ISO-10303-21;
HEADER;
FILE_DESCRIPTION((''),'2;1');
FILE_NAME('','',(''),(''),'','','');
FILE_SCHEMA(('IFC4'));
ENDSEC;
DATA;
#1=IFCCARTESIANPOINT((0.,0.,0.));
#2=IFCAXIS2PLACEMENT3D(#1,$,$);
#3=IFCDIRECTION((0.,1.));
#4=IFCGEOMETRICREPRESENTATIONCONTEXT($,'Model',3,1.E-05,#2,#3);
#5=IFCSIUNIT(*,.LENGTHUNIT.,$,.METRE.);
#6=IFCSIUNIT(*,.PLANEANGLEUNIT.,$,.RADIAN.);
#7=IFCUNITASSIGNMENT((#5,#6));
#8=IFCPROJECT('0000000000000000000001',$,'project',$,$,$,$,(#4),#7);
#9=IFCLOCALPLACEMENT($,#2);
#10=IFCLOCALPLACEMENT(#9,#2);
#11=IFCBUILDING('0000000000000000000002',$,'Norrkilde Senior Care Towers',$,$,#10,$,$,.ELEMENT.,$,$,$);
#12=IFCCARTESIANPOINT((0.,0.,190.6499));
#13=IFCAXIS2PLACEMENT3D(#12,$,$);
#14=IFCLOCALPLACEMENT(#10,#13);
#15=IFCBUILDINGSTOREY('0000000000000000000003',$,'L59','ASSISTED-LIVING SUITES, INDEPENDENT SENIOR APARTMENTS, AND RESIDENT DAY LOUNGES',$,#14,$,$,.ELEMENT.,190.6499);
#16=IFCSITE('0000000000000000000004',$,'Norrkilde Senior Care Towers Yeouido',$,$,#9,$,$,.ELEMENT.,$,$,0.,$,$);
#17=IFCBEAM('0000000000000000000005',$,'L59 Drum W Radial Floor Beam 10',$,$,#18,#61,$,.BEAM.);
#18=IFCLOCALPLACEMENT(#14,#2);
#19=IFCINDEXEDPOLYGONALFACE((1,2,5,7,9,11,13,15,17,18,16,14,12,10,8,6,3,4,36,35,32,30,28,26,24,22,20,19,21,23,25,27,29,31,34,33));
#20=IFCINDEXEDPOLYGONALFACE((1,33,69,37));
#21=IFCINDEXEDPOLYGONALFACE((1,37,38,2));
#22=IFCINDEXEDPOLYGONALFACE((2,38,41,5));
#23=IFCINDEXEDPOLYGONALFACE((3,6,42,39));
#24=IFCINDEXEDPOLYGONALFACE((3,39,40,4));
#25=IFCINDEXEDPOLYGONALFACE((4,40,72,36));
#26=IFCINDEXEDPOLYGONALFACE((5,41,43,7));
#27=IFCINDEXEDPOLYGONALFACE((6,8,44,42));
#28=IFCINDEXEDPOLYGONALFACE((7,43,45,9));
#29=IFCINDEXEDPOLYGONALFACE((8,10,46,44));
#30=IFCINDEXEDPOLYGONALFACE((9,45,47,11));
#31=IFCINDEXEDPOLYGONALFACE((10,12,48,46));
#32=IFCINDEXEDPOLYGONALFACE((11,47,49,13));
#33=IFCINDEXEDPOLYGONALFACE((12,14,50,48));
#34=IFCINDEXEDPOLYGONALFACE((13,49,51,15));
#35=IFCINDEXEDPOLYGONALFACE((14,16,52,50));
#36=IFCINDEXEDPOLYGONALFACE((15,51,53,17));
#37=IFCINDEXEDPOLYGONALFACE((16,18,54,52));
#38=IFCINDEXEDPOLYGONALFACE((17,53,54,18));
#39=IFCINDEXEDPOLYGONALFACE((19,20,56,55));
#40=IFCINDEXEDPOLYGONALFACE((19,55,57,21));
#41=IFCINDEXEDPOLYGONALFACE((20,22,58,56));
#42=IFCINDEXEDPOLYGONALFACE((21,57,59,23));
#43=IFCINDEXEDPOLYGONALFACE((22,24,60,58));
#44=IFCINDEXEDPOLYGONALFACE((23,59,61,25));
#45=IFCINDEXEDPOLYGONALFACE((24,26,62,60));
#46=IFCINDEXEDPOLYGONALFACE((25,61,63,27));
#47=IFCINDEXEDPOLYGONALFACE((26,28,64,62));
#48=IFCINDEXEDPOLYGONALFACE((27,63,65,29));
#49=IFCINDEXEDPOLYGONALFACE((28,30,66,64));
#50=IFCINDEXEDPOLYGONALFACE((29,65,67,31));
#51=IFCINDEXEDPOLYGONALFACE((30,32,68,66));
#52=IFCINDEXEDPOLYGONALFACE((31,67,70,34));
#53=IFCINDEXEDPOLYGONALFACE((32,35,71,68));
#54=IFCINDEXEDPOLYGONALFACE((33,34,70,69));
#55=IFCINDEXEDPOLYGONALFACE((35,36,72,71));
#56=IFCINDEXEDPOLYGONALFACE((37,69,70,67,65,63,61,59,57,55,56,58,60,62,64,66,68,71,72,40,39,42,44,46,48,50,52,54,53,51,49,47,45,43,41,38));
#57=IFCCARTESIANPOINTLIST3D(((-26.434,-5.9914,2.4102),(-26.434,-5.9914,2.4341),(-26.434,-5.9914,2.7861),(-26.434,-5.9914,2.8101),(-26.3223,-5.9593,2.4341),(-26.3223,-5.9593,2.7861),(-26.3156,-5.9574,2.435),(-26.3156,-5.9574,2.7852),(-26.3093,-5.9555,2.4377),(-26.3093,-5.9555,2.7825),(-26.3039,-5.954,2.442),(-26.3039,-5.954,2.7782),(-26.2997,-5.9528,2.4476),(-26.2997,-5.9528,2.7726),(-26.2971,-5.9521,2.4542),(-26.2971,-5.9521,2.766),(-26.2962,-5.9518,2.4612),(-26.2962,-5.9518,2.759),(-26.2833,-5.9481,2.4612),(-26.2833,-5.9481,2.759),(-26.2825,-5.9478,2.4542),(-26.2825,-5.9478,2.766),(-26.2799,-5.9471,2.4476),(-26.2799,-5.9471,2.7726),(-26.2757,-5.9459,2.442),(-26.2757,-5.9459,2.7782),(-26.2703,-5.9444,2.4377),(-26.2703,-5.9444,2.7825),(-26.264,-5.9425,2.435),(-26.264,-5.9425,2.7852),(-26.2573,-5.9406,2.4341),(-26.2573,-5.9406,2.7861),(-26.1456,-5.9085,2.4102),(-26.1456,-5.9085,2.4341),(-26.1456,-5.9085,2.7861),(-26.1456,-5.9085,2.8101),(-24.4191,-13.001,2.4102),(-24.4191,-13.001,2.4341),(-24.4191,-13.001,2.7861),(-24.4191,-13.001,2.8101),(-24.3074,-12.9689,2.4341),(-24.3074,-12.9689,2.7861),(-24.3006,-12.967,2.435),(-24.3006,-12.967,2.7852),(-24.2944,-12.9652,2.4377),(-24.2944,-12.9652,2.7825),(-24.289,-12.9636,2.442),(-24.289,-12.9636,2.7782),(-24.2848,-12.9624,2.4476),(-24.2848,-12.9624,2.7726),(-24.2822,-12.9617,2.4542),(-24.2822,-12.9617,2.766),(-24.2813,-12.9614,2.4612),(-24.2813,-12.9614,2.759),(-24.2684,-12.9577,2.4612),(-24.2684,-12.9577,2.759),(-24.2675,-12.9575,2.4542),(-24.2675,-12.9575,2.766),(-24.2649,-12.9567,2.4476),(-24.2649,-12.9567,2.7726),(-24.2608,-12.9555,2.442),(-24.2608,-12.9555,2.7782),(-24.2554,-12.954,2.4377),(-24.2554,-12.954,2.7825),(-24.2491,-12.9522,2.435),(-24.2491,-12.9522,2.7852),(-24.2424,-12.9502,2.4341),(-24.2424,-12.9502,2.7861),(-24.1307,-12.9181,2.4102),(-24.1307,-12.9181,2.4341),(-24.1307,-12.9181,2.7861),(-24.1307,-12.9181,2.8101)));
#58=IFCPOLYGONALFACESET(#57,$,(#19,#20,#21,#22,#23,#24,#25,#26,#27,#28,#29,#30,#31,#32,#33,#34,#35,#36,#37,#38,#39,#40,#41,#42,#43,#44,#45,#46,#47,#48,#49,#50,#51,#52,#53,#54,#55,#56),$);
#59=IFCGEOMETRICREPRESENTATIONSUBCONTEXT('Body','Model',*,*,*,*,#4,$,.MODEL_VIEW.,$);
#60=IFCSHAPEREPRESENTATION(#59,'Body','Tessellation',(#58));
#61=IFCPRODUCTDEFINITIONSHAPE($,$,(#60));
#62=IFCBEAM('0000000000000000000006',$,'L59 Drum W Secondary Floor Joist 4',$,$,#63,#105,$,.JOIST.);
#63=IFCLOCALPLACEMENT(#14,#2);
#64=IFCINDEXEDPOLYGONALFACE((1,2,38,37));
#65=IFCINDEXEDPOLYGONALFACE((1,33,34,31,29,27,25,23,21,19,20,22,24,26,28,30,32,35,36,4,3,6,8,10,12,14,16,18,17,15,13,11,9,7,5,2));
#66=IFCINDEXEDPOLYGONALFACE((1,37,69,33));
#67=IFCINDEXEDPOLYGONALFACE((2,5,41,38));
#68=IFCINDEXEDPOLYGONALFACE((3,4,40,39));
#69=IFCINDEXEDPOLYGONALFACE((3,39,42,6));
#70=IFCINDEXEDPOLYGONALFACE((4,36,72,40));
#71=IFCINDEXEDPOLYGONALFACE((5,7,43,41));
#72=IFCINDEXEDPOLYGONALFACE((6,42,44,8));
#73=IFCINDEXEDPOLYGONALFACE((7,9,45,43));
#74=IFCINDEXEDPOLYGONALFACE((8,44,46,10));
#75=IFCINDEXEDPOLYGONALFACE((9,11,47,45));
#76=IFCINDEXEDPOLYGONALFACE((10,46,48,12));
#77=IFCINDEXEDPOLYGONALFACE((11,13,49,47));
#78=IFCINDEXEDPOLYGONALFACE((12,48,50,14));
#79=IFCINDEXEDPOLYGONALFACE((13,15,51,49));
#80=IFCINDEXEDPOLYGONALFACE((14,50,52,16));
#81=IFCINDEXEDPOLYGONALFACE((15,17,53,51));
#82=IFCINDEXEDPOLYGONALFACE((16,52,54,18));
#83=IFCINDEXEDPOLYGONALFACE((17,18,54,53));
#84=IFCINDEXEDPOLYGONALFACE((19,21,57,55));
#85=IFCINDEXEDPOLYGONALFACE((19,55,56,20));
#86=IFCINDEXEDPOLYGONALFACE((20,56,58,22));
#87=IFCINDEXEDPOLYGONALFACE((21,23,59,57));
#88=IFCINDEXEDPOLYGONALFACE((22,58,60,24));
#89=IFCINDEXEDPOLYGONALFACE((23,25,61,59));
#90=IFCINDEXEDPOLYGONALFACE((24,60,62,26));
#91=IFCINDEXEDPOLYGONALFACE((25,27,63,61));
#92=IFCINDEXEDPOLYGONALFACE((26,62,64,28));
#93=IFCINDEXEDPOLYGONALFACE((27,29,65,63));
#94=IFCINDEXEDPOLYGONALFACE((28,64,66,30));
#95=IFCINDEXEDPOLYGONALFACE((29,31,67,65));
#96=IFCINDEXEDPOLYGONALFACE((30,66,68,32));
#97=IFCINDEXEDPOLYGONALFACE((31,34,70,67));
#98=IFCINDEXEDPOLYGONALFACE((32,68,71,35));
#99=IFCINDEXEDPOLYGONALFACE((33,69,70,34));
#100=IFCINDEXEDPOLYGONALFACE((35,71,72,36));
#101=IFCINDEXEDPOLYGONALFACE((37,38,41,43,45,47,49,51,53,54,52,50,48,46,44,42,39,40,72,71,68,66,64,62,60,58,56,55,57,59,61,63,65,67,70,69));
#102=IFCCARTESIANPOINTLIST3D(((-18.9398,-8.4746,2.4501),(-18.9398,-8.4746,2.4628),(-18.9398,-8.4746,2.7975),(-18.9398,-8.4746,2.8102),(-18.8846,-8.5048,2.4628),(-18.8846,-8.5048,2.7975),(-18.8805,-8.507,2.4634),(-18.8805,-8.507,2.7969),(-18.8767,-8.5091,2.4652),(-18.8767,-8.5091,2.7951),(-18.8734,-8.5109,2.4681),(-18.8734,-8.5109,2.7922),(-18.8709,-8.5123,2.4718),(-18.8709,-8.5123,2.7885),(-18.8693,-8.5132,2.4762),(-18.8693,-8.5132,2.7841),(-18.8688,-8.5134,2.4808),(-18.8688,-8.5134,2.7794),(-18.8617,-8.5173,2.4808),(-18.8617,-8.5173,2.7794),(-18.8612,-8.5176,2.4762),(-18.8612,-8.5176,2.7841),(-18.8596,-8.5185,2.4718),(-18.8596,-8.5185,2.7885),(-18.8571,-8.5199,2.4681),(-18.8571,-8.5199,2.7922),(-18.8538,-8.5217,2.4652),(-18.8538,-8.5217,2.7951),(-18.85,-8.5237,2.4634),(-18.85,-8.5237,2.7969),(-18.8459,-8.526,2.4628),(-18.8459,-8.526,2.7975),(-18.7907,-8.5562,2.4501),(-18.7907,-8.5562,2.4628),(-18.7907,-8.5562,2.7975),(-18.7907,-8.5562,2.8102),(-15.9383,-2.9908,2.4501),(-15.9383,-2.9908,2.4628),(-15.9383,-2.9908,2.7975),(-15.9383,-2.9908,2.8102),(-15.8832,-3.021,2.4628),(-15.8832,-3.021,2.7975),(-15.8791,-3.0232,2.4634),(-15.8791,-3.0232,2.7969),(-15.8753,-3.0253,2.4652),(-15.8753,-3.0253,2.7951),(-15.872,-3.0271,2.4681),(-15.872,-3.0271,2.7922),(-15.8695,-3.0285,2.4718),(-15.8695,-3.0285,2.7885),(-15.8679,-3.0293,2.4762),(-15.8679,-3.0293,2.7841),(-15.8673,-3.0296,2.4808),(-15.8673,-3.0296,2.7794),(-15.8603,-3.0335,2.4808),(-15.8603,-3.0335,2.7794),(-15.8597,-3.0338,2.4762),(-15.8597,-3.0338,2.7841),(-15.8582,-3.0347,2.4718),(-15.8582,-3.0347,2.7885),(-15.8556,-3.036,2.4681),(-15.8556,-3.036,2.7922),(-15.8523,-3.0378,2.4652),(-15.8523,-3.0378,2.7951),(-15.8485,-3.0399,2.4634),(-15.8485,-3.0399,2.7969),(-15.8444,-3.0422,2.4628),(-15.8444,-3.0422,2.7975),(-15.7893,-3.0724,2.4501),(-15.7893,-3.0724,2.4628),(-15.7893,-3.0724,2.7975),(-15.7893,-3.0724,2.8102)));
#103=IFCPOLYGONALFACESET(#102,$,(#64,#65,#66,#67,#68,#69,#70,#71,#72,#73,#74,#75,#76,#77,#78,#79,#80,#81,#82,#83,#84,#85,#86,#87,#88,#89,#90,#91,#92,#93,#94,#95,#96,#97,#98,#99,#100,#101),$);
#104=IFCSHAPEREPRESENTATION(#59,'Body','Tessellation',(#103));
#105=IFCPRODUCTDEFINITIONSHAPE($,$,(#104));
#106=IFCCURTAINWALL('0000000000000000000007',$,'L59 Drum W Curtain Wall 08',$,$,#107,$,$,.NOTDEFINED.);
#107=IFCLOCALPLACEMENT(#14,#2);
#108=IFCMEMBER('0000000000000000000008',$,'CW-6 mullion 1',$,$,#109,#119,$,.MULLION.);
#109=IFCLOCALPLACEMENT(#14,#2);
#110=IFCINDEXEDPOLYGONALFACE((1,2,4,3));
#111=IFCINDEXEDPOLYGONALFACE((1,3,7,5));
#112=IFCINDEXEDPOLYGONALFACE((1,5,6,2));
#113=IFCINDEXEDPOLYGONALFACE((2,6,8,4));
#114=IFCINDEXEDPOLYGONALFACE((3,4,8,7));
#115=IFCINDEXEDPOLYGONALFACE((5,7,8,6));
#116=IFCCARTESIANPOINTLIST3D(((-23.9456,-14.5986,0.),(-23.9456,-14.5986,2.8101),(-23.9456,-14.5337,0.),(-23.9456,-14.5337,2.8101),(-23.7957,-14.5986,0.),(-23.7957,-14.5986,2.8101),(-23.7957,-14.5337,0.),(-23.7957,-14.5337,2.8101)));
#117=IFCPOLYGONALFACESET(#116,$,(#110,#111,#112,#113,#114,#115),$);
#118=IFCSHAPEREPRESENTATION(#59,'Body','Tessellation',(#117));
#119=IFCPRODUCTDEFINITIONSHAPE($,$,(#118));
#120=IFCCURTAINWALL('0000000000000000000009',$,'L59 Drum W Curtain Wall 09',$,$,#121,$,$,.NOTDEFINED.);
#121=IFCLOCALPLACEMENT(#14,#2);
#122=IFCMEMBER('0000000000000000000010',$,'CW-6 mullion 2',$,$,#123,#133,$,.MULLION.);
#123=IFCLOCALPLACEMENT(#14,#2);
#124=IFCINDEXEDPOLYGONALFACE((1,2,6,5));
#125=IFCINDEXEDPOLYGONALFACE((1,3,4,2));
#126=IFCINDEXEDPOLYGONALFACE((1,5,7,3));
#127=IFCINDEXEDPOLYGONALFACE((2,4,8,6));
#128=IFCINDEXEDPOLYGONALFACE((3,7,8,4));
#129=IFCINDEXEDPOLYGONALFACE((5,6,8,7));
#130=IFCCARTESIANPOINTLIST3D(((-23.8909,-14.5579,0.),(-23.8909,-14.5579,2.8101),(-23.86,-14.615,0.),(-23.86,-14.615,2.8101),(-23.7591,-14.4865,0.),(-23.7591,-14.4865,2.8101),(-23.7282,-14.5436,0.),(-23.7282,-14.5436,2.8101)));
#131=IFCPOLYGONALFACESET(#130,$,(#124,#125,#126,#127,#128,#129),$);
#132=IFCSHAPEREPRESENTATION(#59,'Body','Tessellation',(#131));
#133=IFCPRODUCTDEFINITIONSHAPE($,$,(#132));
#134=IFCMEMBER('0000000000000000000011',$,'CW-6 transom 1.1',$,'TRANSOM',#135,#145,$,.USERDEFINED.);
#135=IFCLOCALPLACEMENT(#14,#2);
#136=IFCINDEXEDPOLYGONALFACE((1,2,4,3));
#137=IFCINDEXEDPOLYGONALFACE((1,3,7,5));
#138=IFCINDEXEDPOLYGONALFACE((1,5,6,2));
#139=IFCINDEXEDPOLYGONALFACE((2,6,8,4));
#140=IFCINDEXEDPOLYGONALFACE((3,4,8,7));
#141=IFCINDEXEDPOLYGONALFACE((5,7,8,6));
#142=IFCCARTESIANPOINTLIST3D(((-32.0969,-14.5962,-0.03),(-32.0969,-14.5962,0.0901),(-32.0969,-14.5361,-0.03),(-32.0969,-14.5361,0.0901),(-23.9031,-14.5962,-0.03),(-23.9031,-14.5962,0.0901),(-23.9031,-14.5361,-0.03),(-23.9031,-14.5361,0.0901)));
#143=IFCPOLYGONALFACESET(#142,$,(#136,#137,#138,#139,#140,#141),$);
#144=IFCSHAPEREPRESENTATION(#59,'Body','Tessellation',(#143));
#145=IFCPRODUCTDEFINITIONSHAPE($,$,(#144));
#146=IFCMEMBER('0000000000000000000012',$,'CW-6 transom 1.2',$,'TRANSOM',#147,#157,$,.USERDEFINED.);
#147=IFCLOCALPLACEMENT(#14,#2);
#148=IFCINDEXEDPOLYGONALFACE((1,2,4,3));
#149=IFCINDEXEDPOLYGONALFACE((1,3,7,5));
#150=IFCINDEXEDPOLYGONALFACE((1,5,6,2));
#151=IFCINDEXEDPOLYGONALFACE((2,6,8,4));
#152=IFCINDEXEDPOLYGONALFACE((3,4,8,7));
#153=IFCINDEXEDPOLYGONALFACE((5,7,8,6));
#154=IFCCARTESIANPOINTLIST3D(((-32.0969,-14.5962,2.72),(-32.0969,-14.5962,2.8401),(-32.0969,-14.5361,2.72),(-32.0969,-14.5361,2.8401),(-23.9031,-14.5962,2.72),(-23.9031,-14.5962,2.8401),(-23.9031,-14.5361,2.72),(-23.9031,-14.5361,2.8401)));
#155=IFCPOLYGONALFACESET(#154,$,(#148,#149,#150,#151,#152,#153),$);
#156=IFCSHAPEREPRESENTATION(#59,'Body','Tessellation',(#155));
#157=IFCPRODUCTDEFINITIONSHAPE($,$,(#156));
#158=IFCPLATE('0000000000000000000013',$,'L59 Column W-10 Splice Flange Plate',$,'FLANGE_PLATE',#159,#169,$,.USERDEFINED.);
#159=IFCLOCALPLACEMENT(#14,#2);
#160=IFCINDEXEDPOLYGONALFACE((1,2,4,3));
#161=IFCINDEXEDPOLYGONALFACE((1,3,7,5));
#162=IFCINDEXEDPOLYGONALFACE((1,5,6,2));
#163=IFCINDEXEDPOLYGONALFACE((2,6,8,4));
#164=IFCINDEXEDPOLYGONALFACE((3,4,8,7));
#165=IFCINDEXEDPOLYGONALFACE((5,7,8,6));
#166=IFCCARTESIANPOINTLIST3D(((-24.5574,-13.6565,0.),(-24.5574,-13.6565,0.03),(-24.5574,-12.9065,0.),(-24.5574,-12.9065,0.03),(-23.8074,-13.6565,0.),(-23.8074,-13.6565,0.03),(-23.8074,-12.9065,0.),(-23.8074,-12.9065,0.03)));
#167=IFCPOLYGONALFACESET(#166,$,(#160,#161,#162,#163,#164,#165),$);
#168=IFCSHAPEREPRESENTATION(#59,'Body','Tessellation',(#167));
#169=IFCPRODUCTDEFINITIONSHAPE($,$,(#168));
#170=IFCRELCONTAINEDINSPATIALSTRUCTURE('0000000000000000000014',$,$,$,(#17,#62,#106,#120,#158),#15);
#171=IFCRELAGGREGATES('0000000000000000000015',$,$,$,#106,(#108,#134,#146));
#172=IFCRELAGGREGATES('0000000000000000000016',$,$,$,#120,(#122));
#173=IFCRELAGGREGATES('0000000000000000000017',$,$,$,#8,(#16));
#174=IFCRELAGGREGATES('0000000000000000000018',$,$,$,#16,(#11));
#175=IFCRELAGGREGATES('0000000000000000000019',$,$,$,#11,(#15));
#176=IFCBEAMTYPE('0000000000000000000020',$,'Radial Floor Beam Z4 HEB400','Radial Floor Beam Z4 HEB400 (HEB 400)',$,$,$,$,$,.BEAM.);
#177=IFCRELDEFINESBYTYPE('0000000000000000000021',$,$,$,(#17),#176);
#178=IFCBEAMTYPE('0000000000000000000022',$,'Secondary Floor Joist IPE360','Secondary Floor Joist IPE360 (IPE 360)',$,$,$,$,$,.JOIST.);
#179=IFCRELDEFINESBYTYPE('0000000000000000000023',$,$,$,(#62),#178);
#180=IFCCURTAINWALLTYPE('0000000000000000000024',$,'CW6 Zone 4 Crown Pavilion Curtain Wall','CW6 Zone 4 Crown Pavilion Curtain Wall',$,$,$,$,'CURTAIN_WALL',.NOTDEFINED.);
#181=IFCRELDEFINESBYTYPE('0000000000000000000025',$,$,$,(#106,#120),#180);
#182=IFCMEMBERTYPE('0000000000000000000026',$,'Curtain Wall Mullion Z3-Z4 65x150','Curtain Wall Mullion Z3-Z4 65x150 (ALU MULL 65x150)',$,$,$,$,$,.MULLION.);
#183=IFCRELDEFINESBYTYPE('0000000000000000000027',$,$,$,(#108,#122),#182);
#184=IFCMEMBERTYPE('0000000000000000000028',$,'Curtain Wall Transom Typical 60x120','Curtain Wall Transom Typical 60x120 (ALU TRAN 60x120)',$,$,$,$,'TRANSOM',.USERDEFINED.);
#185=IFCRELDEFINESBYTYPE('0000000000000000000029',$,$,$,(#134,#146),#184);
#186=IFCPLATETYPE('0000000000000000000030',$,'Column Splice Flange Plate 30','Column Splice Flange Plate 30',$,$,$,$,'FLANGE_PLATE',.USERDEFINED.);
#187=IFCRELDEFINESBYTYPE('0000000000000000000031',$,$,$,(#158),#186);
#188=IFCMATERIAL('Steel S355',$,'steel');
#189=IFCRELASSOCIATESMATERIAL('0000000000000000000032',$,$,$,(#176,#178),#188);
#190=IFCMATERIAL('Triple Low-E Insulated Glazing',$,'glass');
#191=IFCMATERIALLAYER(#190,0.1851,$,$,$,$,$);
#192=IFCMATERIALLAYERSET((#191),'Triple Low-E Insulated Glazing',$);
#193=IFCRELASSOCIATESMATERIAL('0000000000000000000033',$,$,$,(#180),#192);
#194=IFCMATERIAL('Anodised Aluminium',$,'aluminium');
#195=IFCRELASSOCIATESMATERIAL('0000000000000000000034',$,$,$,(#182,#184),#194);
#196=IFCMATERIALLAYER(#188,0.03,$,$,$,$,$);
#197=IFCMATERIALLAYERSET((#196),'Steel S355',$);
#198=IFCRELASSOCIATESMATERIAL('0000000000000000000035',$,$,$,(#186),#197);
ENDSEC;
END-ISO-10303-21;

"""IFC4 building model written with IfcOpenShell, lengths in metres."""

from ifc_helpers import new_model, si_unit, direction, frame, origin, origin_2d, place, context, subcontext, project, spatial, rectangle, i_section, extrude, source, transform, mapped, material, layer, layer_set, material_profile, profile_set, type_object, type_shapes, element, aggregate, save


model = new_model("IFC4")

# Units and contexts
model_context = context("Model", 3, precision=1e-05, world=origin(), true_north=direction((0.0, 1.0)))
body_context = subcontext(model_context, "Body", "Model", "MODEL_VIEW")
ifc_project = project(units=[si_unit("LENGTHUNIT", "METRE"), si_unit("PLANEANGLEUNIT", "RADIAN")], contexts=[model_context])

# Site, building, storey
site_placement = place(None, origin())
site = spatial("IfcSite", under=ifc_project, at=site_placement, Name="Norrkilde Senior Care Towers Yeouido", CompositionType="ELEMENT", RefElevation=0.0)
building_placement = place(site_placement, origin())
building = spatial("IfcBuilding", under=site, at=building_placement, Name="Norrkilde Senior Care Towers", CompositionType="ELEMENT")
storey_placement = place(building_placement, frame((0.0, 0.0, 190.6499)))
storey = spatial("IfcBuildingStorey", under=building, at=storey_placement, Name="L59", Description="ASSISTED-LIVING SUITES, INDEPENDENT SENIOR APARTMENTS, AND RESIDENT DAY LOUNGES", CompositionType="ELEMENT", Elevation=190.6499)

# Beams
ifc_material_1 = material(Name="Steel S355", Category="steel")
ifc_material_profile_1 = material_profile(ifc_material_1, i_section(OverallWidth=0.3, OverallDepth=0.3999, WebThickness=0.0134, FlangeThickness=0.0239, FilletRadius=0.0271, at=origin_2d()), Name="HEB 400")
ifc_profile_set_1 = profile_set([ifc_material_profile_1], Name="Steel S355")
beam_type_1 = type_object("IfcBeamType", Name="Radial Floor Beam Z4 HEB400", Description="Radial Floor Beam Z4 HEB400 (HEB 400)", PredefinedType="BEAM", material=ifc_profile_set_1)
shared_shape_1 = source(origin(), body_context, "Body", "SweptSolid", [
    extrude(i_section(OverallWidth=0.3, OverallDepth=0.3999, WebThickness=0.0134, FlangeThickness=0.0239, FilletRadius=0.0271, at=origin_2d()), origin(), (0.0, 0.0, 1.0), 7.2935),
])
type_shapes(beam_type_1, [shared_shape_1])
beam_1_placement = place(storey_placement, frame((-26.2898, -5.95, 2.6101), z_axis=(0.276264, -0.961082, 0.0), x_axis=(0.961082, 0.276264, 0.0)))
element("IfcBeam", 1, at=beam_1_placement, inside=storey, type_object=beam_type_1, Name="L59 Drum W Radial Floor Beam 10", PredefinedType="BEAM", context=body_context, shape_type="MappedRepresentation", body=[
    mapped(shared_shape_1, transform((0.0, 0.0, 0.0), x_axis=(1.0, 0.0, 0.0), y_axis=(0.0, 1.0, 0.0), z_axis=(0.0, 0.0, 1.0), scale=1.0)),
])
ifc_material_profile_2 = material_profile(ifc_material_1, i_section(OverallWidth=0.1699, OverallDepth=0.3601, WebThickness=0.0081, FlangeThickness=0.0127, FilletRadius=0.0181, at=origin_2d()), Name="IPE 360")
ifc_profile_set_2 = profile_set([ifc_material_profile_2], Name="Steel S355")
beam_type_2 = type_object("IfcBeamType", Name="Secondary Floor Joist IPE360", Description="Secondary Floor Joist IPE360 (IPE 360)", PredefinedType="JOIST", material=ifc_profile_set_2)
shared_shape_2 = source(origin(), body_context, "Body", "SweptSolid", [
    extrude(i_section(OverallWidth=0.1699, OverallDepth=0.3601, WebThickness=0.0081, FlangeThickness=0.0127, FilletRadius=0.0181, at=origin_2d()), origin(), (0.0, 0.0, 1.0), 6.2515),
])
type_shapes(beam_type_2, [shared_shape_2])
beam_2_placement = place(storey_placement, frame((-18.8652, -8.5154, 2.6301), z_axis=(0.480116, 0.877205, 0.0), x_axis=(-0.877205, 0.480116, 0.0)))
element("IfcBeam", 2, at=beam_2_placement, inside=storey, type_object=beam_type_2, Name="L59 Drum W Secondary Floor Joist 4", PredefinedType="JOIST", context=body_context, shape_type="MappedRepresentation", body=[
    mapped(shared_shape_2, transform((0.0, 0.0, 0.0), x_axis=(1.0, 0.0, 0.0), y_axis=(0.0, 1.0, 0.0), z_axis=(0.0, 0.0, 1.0), scale=1.0)),
])

# Curtain walls, members
ifc_material_2 = material(Name="Triple Low-E Insulated Glazing", Category="glass")
ifc_layer_1 = layer(ifc_material_2, 0.1851)
ifc_layer_set_1 = layer_set([ifc_layer_1], Name="Triple Low-E Insulated Glazing")
curtain_wall_type = type_object("IfcCurtainWallType", Name="CW6 Zone 4 Crown Pavilion Curtain Wall", Description="CW6 Zone 4 Crown Pavilion Curtain Wall", ElementType="CURTAIN_WALL", PredefinedType="NOTDEFINED", material=ifc_layer_set_1)
curtain_wall_1_placement = place(storey_placement, origin())
curtain_wall_1 = element("IfcCurtainWall", 3, at=curtain_wall_1_placement, inside=storey, type_object=curtain_wall_type, Name="L59 Drum W Curtain Wall 08", PredefinedType="NOTDEFINED")
ifc_material_3 = material(Name="Anodised Aluminium", Category="aluminium")
ifc_material_profile_3 = material_profile(ifc_material_3, rectangle(XDim=0.0649, YDim=0.1499, at=origin_2d()), Name="ALU MULL 65x150")
ifc_profile_set_3 = profile_set([ifc_material_profile_3], Name="Anodised Aluminium")
member_type_1 = type_object("IfcMemberType", Name="Curtain Wall Mullion Z3-Z4 65x150", Description="Curtain Wall Mullion Z3-Z4 65x150 (ALU MULL 65x150)", PredefinedType="MULLION", material=ifc_profile_set_3)
shared_shape_3 = source(origin(), body_context, "Body", "SweptSolid", [
    extrude(rectangle(XDim=0.0649, YDim=0.1499, at=origin_2d()), origin(), (0.0, 0.0, 1.0), 2.8101),
])
type_shapes(member_type_1, [shared_shape_3])
member_1_placement = place(storey_placement, frame((-23.8706, -14.5662, 0.0), z_axis=(0.0, 0.0, 1.0), x_axis=(0.0, -1.0, 0.0)))
member_1 = element("IfcMember", 4, at=member_1_placement, type_object=member_type_1, Name="CW-6 mullion 1", PredefinedType="MULLION", context=body_context, shape_type="MappedRepresentation", body=[
    mapped(shared_shape_3, transform((0.0, 0.0, 0.0), x_axis=(1.0, 0.0, 0.0), y_axis=(0.0, 1.0, 0.0), z_axis=(0.0, 0.0, 1.0), scale=1.0)),
])
curtain_wall_2_placement = place(storey_placement, origin())
curtain_wall_2 = element("IfcCurtainWall", 5, at=curtain_wall_2_placement, inside=storey, type_object=curtain_wall_type, Name="L59 Drum W Curtain Wall 09", PredefinedType="NOTDEFINED")
member_2_placement = place(storey_placement, frame((-23.8096, -14.5508, 0.0), z_axis=(0.0, 0.0, 1.0), x_axis=(0.476133, -0.879373, 0.0)))
member_2 = element("IfcMember", 6, at=member_2_placement, type_object=member_type_1, Name="CW-6 mullion 2", PredefinedType="MULLION", context=body_context, shape_type="MappedRepresentation", body=[
    mapped(shared_shape_3, transform((0.0, 0.0, 0.0), x_axis=(1.0, 0.0, 0.0), y_axis=(0.0, 1.0, 0.0), z_axis=(0.0, 0.0, 1.0), scale=1.0)),
])

# Members
ifc_material_profile_4 = material_profile(ifc_material_3, rectangle(XDim=0.0601, YDim=0.1201, at=origin_2d()), Name="ALU TRAN 60x120")
ifc_profile_set_4 = profile_set([ifc_material_profile_4], Name="Anodised Aluminium")
member_type_2 = type_object("IfcMemberType", Name="Curtain Wall Transom Typical 60x120", Description="Curtain Wall Transom Typical 60x120 (ALU TRAN 60x120)", ElementType="TRANSOM", PredefinedType="USERDEFINED", material=ifc_profile_set_4)
shared_shape_4 = source(origin(), body_context, "Body", "SweptSolid", [
    extrude(rectangle(XDim=0.0601, YDim=0.1201, at=origin_2d()), origin(), (0.0, 0.0, 1.0), 8.1938),
])
type_shapes(member_type_2, [shared_shape_4])
member_3_placement = place(storey_placement, frame((-23.9031, -14.5662, 0.03), z_axis=(-1.0, 0.0, 0.0), x_axis=(0.0, -1.0, 0.0)))
member_3 = element("IfcMember", 7, at=member_3_placement, type_object=member_type_2, Name="CW-6 transom 1.1", ObjectType="TRANSOM", PredefinedType="USERDEFINED", context=body_context, shape_type="MappedRepresentation", body=[
    mapped(shared_shape_4, transform((0.0, 0.0, 0.0), x_axis=(1.0, 0.0, 0.0), y_axis=(0.0, 1.0, 0.0), z_axis=(0.0, 0.0, 1.0), scale=1.0)),
])
member_4_placement = place(storey_placement, frame((-23.9031, -14.5662, 2.78), z_axis=(-1.0, 0.0, 0.0), x_axis=(0.0, -1.0, 0.0)))
member_4 = element("IfcMember", 8, at=member_4_placement, type_object=member_type_2, Name="CW-6 transom 1.2", ObjectType="TRANSOM", PredefinedType="USERDEFINED", context=body_context, shape_type="MappedRepresentation", body=[
    mapped(shared_shape_4, transform((0.0, 0.0, 0.0), x_axis=(1.0, 0.0, 0.0), y_axis=(0.0, 1.0, 0.0), z_axis=(0.0, 0.0, 1.0), scale=1.0)),
])
aggregate(curtain_wall_1, [member_1, member_3, member_4])

# Plate
ifc_layer_2 = layer(ifc_material_1, 0.03)
ifc_layer_set_2 = layer_set([ifc_layer_2], Name="Steel S355")
plate_type_1 = type_object("IfcPlateType", Name="Column Splice Flange Plate 30", Description="Column Splice Flange Plate 30", ElementType="FLANGE_PLATE", PredefinedType="USERDEFINED", material=ifc_layer_set_2)
shared_shape_5 = source(origin(), body_context, "Body", "SweptSolid", [
    extrude(rectangle(XDim=0.75, YDim=0.75, at=origin_2d()), origin(), (0.0, 0.0, 1.0), 0.03),
])
type_shapes(plate_type_1, [shared_shape_5])
plate_1_placement = place(storey_placement, frame((-24.1824, -13.2815, 0.0), z_axis=(0.0, 0.0, 1.0), x_axis=(1.0, 0.0, 0.0)))
element("IfcPlate", 9, at=plate_1_placement, inside=storey, type_object=plate_type_1, Name="L59 Column W-10 Splice Flange Plate", ObjectType="FLANGE_PLATE", PredefinedType="USERDEFINED", context=body_context, shape_type="MappedRepresentation", body=[
    mapped(shared_shape_5, transform((0.0, 0.0, 0.0), x_axis=(1.0, 0.0, 0.0), y_axis=(0.0, 1.0, 0.0), z_axis=(0.0, 0.0, 1.0), scale=1.0)),
])
aggregate(curtain_wall_2, [member_2])

save(model, "model.ifc")
